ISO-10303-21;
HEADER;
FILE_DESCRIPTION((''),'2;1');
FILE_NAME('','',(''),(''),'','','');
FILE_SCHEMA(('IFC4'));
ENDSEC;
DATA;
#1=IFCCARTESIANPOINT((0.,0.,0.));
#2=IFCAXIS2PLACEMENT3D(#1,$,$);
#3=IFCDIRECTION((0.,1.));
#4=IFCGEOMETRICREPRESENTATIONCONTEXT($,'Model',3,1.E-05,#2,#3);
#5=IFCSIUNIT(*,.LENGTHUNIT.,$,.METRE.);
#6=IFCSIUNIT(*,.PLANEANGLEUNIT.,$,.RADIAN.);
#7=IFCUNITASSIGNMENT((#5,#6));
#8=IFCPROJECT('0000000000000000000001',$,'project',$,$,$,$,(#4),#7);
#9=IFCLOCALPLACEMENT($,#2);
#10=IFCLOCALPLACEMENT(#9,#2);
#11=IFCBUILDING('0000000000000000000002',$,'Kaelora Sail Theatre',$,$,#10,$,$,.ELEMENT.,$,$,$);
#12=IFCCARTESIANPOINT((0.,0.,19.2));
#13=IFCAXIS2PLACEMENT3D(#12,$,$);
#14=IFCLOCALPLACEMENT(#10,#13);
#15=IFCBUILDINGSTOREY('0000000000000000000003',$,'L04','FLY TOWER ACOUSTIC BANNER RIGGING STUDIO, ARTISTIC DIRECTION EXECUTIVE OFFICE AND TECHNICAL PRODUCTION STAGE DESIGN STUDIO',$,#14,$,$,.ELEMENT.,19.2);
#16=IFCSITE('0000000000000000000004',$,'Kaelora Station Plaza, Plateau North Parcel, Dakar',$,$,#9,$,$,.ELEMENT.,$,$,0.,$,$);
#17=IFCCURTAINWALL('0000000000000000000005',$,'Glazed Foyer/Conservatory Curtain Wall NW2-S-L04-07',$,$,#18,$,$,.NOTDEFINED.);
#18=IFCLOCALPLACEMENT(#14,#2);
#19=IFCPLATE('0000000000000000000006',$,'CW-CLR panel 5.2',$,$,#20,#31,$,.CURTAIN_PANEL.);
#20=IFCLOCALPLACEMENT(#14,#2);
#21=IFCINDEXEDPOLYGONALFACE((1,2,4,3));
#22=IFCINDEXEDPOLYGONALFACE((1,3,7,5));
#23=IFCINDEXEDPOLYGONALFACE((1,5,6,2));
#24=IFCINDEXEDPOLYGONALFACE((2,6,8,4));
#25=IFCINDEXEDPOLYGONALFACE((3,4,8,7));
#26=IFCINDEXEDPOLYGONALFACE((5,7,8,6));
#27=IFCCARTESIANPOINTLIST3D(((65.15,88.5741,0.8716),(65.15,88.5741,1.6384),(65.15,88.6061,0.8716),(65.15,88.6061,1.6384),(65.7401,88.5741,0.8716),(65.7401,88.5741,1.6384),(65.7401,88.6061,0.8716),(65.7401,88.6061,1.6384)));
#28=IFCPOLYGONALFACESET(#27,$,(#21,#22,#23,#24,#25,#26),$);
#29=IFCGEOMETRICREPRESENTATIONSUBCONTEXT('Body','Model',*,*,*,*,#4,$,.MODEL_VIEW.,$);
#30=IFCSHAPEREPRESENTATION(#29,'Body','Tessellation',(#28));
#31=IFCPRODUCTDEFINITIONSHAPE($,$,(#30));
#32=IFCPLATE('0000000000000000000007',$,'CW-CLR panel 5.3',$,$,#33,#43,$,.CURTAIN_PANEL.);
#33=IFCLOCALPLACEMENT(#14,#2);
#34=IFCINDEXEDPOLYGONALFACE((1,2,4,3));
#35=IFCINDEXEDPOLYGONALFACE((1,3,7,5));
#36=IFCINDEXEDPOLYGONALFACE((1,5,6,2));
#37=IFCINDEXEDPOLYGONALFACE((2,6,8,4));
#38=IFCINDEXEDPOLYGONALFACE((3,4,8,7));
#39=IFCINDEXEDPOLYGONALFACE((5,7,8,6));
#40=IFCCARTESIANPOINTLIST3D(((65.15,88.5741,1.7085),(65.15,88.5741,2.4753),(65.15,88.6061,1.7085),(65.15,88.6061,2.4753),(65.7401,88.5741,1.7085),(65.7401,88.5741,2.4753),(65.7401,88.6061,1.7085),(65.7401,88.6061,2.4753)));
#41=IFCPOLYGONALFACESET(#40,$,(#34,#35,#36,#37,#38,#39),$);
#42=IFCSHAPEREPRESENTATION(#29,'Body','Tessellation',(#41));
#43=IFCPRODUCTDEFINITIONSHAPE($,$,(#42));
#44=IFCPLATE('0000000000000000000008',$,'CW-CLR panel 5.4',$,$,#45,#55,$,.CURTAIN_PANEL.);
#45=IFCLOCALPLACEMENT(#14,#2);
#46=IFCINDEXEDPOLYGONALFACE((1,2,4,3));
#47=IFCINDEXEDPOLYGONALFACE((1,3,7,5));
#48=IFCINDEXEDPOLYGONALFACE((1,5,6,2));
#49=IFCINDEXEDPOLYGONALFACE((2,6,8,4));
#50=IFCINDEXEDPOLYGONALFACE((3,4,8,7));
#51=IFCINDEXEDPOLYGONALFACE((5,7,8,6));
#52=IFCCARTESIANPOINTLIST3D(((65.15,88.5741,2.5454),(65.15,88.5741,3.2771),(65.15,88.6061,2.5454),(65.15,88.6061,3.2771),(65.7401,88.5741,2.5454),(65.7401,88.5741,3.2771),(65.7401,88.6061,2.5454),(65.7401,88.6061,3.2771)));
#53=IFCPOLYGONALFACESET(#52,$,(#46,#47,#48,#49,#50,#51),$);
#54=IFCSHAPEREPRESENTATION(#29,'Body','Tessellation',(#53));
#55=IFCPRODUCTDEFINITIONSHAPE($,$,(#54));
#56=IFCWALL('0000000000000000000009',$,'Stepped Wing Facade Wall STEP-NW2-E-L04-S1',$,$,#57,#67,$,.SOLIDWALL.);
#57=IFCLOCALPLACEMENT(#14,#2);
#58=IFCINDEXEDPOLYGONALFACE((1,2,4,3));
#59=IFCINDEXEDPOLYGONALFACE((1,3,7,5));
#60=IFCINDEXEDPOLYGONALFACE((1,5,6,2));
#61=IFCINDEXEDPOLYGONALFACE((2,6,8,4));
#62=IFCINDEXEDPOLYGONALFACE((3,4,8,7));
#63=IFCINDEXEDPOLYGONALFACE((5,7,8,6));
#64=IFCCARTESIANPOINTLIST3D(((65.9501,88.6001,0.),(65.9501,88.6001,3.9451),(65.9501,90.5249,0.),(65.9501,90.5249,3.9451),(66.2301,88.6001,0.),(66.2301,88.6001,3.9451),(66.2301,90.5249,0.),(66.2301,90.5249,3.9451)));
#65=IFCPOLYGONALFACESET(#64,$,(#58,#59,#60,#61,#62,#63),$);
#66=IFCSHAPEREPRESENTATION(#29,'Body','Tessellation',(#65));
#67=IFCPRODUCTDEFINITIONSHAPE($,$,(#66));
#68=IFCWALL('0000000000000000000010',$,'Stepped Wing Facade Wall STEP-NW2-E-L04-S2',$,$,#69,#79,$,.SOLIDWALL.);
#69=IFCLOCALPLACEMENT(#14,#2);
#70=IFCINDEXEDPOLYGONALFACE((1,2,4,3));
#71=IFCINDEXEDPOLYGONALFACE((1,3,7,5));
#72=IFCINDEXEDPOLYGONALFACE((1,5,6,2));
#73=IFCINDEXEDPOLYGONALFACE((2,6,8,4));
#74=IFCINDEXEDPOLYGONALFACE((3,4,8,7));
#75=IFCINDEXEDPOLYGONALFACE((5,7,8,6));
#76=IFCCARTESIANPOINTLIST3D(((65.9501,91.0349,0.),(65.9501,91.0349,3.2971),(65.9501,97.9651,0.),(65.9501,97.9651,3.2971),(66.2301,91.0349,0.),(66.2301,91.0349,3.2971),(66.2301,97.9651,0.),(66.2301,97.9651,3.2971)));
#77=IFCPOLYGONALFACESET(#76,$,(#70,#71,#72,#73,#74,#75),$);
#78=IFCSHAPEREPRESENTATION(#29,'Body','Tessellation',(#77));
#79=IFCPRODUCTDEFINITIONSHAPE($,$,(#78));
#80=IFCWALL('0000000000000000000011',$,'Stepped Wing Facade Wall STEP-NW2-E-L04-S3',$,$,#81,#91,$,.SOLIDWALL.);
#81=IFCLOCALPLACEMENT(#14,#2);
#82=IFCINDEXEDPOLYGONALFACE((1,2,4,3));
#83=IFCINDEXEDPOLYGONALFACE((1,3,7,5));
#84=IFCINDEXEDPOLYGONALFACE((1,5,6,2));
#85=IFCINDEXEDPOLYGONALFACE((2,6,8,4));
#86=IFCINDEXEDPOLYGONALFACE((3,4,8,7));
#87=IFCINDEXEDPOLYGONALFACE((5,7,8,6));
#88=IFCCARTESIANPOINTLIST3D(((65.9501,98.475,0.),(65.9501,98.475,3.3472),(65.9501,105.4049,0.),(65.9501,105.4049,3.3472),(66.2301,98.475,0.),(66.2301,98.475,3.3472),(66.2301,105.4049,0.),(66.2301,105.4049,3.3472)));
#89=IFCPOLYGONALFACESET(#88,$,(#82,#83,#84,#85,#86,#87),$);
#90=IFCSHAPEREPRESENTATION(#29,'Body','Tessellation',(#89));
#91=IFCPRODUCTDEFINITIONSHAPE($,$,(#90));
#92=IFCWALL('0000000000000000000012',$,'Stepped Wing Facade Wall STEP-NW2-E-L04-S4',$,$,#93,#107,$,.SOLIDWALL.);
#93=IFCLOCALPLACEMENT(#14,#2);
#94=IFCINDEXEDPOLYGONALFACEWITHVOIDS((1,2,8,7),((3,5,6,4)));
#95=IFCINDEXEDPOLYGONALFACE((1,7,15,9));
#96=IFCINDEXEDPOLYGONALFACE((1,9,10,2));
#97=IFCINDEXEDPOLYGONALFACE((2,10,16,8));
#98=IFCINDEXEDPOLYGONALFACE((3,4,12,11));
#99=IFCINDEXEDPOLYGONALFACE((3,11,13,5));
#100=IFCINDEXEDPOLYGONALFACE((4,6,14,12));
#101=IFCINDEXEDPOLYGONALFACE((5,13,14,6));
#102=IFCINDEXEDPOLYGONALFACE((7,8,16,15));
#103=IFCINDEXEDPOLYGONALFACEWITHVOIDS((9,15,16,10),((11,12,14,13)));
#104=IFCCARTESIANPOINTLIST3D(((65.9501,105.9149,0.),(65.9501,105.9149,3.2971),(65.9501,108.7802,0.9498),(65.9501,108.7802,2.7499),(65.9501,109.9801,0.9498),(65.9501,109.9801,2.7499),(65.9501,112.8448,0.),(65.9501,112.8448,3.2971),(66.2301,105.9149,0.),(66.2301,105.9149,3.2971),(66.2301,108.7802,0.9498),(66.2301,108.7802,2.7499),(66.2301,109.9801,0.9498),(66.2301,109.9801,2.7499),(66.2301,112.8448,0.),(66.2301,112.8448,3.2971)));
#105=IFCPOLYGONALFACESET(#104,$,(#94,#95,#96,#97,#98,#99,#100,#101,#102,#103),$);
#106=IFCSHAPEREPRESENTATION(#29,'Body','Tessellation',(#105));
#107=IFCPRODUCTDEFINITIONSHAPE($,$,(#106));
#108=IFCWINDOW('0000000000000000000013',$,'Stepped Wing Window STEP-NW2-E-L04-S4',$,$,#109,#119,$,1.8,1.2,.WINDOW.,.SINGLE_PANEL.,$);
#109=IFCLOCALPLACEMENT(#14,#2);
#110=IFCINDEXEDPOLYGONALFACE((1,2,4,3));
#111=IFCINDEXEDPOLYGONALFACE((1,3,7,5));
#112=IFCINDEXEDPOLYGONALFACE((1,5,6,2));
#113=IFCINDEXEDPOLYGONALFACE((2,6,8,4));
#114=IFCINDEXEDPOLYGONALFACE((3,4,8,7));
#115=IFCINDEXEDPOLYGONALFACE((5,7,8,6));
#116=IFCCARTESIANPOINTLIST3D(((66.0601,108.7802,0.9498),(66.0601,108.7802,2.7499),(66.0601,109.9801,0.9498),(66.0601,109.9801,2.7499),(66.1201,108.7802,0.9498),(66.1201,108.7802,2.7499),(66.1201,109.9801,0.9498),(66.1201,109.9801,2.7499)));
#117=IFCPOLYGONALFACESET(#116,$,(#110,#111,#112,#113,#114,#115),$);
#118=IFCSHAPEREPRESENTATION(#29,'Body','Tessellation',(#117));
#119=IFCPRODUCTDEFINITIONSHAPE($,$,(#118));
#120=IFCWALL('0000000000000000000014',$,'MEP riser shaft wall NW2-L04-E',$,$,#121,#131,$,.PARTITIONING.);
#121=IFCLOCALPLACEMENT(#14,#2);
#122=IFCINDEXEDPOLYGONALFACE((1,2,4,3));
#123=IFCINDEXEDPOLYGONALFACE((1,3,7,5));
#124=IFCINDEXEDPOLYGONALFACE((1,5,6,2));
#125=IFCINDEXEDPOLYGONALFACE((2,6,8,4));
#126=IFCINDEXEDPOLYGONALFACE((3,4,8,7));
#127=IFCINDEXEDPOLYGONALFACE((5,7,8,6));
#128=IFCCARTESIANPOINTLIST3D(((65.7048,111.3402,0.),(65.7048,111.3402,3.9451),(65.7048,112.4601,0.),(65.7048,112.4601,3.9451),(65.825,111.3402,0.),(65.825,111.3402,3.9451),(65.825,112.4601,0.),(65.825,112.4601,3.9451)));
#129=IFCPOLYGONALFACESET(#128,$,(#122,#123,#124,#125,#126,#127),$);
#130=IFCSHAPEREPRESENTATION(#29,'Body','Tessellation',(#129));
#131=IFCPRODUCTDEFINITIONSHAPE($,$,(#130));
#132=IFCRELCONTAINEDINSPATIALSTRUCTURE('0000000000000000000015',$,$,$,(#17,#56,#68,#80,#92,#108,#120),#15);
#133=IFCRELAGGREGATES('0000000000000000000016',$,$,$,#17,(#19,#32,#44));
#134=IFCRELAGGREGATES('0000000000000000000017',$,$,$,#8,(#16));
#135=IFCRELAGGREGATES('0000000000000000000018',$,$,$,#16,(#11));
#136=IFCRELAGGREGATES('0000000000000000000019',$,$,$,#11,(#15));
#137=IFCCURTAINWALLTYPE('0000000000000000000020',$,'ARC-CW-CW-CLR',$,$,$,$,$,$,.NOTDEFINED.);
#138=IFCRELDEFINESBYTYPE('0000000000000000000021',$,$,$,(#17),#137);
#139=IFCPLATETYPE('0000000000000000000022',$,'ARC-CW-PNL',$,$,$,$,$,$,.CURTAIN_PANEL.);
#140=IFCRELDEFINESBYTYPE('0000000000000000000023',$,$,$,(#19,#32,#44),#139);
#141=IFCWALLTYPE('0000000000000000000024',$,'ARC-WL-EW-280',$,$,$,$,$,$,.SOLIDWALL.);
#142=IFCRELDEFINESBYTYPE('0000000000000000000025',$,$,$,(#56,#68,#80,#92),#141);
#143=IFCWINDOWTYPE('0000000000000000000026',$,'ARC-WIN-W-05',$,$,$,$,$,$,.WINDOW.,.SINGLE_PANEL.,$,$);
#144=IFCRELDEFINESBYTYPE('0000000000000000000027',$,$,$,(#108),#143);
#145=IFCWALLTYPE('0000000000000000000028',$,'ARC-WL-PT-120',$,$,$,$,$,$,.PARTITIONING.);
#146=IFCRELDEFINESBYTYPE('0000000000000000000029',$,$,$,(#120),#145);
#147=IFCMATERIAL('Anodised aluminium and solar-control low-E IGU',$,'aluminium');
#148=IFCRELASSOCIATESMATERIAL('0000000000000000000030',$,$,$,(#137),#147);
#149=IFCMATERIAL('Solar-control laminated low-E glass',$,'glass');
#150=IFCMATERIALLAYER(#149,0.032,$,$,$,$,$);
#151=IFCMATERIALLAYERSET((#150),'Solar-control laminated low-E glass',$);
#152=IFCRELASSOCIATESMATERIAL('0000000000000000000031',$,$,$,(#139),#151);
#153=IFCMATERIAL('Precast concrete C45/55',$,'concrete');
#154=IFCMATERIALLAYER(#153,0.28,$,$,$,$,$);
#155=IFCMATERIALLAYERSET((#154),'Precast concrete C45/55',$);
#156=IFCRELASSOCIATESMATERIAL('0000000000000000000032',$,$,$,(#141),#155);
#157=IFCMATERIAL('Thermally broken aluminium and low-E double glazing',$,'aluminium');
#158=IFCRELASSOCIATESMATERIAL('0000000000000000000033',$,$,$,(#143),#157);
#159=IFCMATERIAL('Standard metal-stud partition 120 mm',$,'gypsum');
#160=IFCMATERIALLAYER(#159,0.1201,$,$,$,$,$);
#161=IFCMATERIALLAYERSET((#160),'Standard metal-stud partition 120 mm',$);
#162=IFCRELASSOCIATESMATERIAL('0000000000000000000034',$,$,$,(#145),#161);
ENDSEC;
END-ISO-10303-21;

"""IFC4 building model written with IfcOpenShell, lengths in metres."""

from ifc_helpers import new_model, si_unit, direction, frame, frame_2d, origin, origin_2d, place, context, subcontext, project, spatial, rectangle, extrude, material, layer, layer_set, type_object, element, fill, aggregate, save


model = new_model("IFC4")

# Units and contexts
model_context = context("Model", 3, precision=1e-05, world=origin(), true_north=direction((0.0, 1.0)))
body_context = subcontext(model_context, "Body", "Model", "MODEL_VIEW")
ifc_project = project(units=[si_unit("LENGTHUNIT", "METRE"), si_unit("PLANEANGLEUNIT", "RADIAN")], contexts=[model_context])

# Site, building, storey
site_placement = place(None, origin())
site = spatial("IfcSite", under=ifc_project, at=site_placement, Name="Kaelora Station Plaza, Plateau North Parcel, Dakar", CompositionType="ELEMENT", RefElevation=0.0)
building_placement = place(site_placement, origin())
building = spatial("IfcBuilding", under=site, at=building_placement, Name="Kaelora Sail Theatre", CompositionType="ELEMENT")
storey_placement = place(building_placement, frame((0.0, 0.0, 19.2)))
storey = spatial("IfcBuildingStorey", under=building, at=storey_placement, Name="L04", Description="FLY TOWER ACOUSTIC BANNER RIGGING STUDIO, ARTISTIC DIRECTION EXECUTIVE OFFICE AND TECHNICAL PRODUCTION STAGE DESIGN STUDIO", CompositionType="ELEMENT", Elevation=19.2)

# Curtain wall
ifc_material_1 = material(Name="Anodised aluminium and solar-control low-E IGU", Category="aluminium")
curtain_wall_type = type_object("IfcCurtainWallType", Name="ARC-CW-CW-CLR", PredefinedType="NOTDEFINED", material=ifc_material_1)
curtain_wall_placement = place(storey_placement, origin())
curtain_wall = element("IfcCurtainWall", 1, at=curtain_wall_placement, inside=storey, type_object=curtain_wall_type, Name="Glazed Foyer/Conservatory Curtain Wall NW2-S-L04-07", PredefinedType="NOTDEFINED")

# Plates
ifc_material_2 = material(Name="Solar-control laminated low-E glass", Category="glass")
ifc_layer_1 = layer(ifc_material_2, 0.032)
ifc_layer_set_1 = layer_set([ifc_layer_1], Name="Solar-control laminated low-E glass")
plate_type = type_object("IfcPlateType", Name="ARC-CW-PNL", PredefinedType="CURTAIN_PANEL", material=ifc_layer_set_1)
plate_1_placement = place(storey_placement, frame((65.4451, 88.5901, 0.8716), z_axis=(0.0, 0.0, 1.0), x_axis=(1.0, 0.0, 0.0)))
plate_1 = element("IfcPlate", 2, at=plate_1_placement, type_object=plate_type, Name="CW-CLR panel 5.2", PredefinedType="CURTAIN_PANEL", context=body_context, shape_type="SweptSolid", body=[
    extrude(rectangle(XDim=0.5901, YDim=0.032, at=origin_2d()), origin(), (0.0, 0.0, 1.0), 0.7668),
])
plate_2_placement = place(storey_placement, frame((65.4451, 88.5901, 1.7085), z_axis=(0.0, 0.0, 1.0), x_axis=(1.0, 0.0, 0.0)))
plate_2 = element("IfcPlate", 3, at=plate_2_placement, type_object=plate_type, Name="CW-CLR panel 5.3", PredefinedType="CURTAIN_PANEL", context=body_context, shape_type="SweptSolid", body=[
    extrude(rectangle(XDim=0.5901, YDim=0.032, at=origin_2d()), origin(), (0.0, 0.0, 1.0), 0.7668),
])
plate_3_placement = place(storey_placement, frame((65.4451, 88.5901, 2.5454), z_axis=(0.0, 0.0, 1.0), x_axis=(1.0, 0.0, 0.0)))
plate_3 = element("IfcPlate", 4, at=plate_3_placement, type_object=plate_type, Name="CW-CLR panel 5.4", PredefinedType="CURTAIN_PANEL", context=body_context, shape_type="SweptSolid", body=[
    extrude(rectangle(XDim=0.5901, YDim=0.032, at=origin_2d()), origin(), (0.0, 0.0, 1.0), 0.7317),
])
aggregate(curtain_wall, [plate_1, plate_2, plate_3])

# Walls
ifc_material_3 = material(Name="Precast concrete C45/55", Category="concrete")
ifc_layer_2 = layer(ifc_material_3, 0.28)
ifc_layer_set_2 = layer_set([ifc_layer_2], Name="Precast concrete C45/55")
wall_type_1 = type_object("IfcWallType", Name="ARC-WL-EW-280", PredefinedType="SOLIDWALL", material=ifc_layer_set_2)
wall_1_placement = place(storey_placement, frame((66.0901, 88.6001, 0.0), z_axis=(0.0, 0.0, 1.0), x_axis=(0.0, 1.0, 0.0)))
element("IfcWall", 5, at=wall_1_placement, inside=storey, type_object=wall_type_1, Name="Stepped Wing Facade Wall STEP-NW2-E-L04-S1", PredefinedType="SOLIDWALL", context=body_context, shape_type="SweptSolid", body=[
    extrude(rectangle(XDim=1.9248, YDim=0.28, at=frame_2d((0.9624, 0.0))), origin(), (0.0, 0.0, 1.0), 3.9451),
])
wall_2_placement = place(storey_placement, frame((66.0901, 91.0349, 0.0), z_axis=(0.0, 0.0, 1.0), x_axis=(0.0, 1.0, 0.0)))
element("IfcWall", 6, at=wall_2_placement, inside=storey, type_object=wall_type_1, Name="Stepped Wing Facade Wall STEP-NW2-E-L04-S2", PredefinedType="SOLIDWALL", context=body_context, shape_type="SweptSolid", body=[
    extrude(rectangle(XDim=6.9302, YDim=0.28, at=frame_2d((3.4651, 0.0))), origin(), (0.0, 0.0, 1.0), 3.2971),
])
wall_3_placement = place(storey_placement, frame((66.0901, 98.4751, 0.0), z_axis=(0.0, 0.0, 1.0), x_axis=(0.0, 1.0, 0.0)))
element("IfcWall", 7, at=wall_3_placement, inside=storey, type_object=wall_type_1, Name="Stepped Wing Facade Wall STEP-NW2-E-L04-S3", PredefinedType="SOLIDWALL", context=body_context, shape_type="SweptSolid", body=[
    extrude(rectangle(XDim=6.9299, YDim=0.28, at=frame_2d((3.4648, 0.0))), origin(), (0.0, 0.0, 1.0), 3.3472),
])

# Wall, opening, window
wall_4_placement = place(storey_placement, frame((66.0901, 105.915, 0.0), z_axis=(0.0, 0.0, 1.0), x_axis=(0.0, 1.0, 0.0)))
wall_4 = element("IfcWall", 8, at=wall_4_placement, inside=storey, type_object=wall_type_1, Name="Stepped Wing Facade Wall STEP-NW2-E-L04-S4", PredefinedType="SOLIDWALL", context=body_context, shape_type="SweptSolid", body=[
    extrude(rectangle(XDim=6.9299, YDim=0.28, at=frame_2d((3.4648, 0.0))), origin(), (0.0, 0.0, 1.0), 3.2971),
])
opening_placement = place(wall_4_placement, frame((2.865, 0.0, 0.95)))
opening = element("IfcOpeningElement", 9, at=opening_placement, cuts=wall_4, PredefinedType="OPENING", context=body_context, shape_type="SweptSolid", body=[
    extrude(rectangle(XDim=1.2, YDim=1.8, at=frame_2d((0.6001, 0.8999))), frame((0.0, 0.1501, 0.0), z_axis=(0.0, -1.0, 0.0), x_axis=(1.0, 0.0, 0.0)), (0.0, 0.0, 1.0), 0.3),
])
ifc_material_4 = material(Name="Thermally broken aluminium and low-E double glazing", Category="aluminium")
window_type = type_object("IfcWindowType", Name="ARC-WIN-W-05", PartitioningType="SINGLE_PANEL", PredefinedType="WINDOW", material=ifc_material_4)
window_placement = place(opening_placement, origin())
window = element("IfcWindow", 10, at=window_placement, inside=storey, type_object=window_type, Name="Stepped Wing Window STEP-NW2-E-L04-S4", OverallHeight=1.8, OverallWidth=1.2, PartitioningType="SINGLE_PANEL", PredefinedType="WINDOW", context=body_context, shape_type="SweptSolid", body=[
    extrude(rectangle(XDim=1.2, YDim=1.8, at=frame_2d((0.6001, 0.8999))), frame((0.0, 0.03, 0.0), z_axis=(0.0, -1.0, 0.0), x_axis=(1.0, 0.0, 0.0)), (0.0, 0.0, 1.0), 0.0601),
])
fill(opening, window)

# Wall
ifc_material_5 = material(Name="Standard metal-stud partition 120 mm", Category="gypsum")
ifc_layer_3 = layer(ifc_material_5, 0.1201)
ifc_layer_set_3 = layer_set([ifc_layer_3], Name="Standard metal-stud partition 120 mm")
wall_type_2 = type_object("IfcWallType", Name="ARC-WL-PT-120", PredefinedType="PARTITIONING", material=ifc_layer_set_3)
wall_5_placement = place(storey_placement, frame((65.7649, 111.3401, 0.0), z_axis=(0.0, 0.0, 1.0), x_axis=(0.0, 1.0, 0.0)))
element("IfcWall", 11, at=wall_5_placement, inside=storey, type_object=wall_type_2, Name="MEP riser shaft wall NW2-L04-E", PredefinedType="PARTITIONING", context=body_context, shape_type="SweptSolid", body=[
    extrude(rectangle(XDim=1.1199, YDim=0.1201, at=frame_2d((0.5601, 0.0))), origin(), (0.0, 0.0, 1.0), 3.9451),
])

save(model, "model.ifc")
